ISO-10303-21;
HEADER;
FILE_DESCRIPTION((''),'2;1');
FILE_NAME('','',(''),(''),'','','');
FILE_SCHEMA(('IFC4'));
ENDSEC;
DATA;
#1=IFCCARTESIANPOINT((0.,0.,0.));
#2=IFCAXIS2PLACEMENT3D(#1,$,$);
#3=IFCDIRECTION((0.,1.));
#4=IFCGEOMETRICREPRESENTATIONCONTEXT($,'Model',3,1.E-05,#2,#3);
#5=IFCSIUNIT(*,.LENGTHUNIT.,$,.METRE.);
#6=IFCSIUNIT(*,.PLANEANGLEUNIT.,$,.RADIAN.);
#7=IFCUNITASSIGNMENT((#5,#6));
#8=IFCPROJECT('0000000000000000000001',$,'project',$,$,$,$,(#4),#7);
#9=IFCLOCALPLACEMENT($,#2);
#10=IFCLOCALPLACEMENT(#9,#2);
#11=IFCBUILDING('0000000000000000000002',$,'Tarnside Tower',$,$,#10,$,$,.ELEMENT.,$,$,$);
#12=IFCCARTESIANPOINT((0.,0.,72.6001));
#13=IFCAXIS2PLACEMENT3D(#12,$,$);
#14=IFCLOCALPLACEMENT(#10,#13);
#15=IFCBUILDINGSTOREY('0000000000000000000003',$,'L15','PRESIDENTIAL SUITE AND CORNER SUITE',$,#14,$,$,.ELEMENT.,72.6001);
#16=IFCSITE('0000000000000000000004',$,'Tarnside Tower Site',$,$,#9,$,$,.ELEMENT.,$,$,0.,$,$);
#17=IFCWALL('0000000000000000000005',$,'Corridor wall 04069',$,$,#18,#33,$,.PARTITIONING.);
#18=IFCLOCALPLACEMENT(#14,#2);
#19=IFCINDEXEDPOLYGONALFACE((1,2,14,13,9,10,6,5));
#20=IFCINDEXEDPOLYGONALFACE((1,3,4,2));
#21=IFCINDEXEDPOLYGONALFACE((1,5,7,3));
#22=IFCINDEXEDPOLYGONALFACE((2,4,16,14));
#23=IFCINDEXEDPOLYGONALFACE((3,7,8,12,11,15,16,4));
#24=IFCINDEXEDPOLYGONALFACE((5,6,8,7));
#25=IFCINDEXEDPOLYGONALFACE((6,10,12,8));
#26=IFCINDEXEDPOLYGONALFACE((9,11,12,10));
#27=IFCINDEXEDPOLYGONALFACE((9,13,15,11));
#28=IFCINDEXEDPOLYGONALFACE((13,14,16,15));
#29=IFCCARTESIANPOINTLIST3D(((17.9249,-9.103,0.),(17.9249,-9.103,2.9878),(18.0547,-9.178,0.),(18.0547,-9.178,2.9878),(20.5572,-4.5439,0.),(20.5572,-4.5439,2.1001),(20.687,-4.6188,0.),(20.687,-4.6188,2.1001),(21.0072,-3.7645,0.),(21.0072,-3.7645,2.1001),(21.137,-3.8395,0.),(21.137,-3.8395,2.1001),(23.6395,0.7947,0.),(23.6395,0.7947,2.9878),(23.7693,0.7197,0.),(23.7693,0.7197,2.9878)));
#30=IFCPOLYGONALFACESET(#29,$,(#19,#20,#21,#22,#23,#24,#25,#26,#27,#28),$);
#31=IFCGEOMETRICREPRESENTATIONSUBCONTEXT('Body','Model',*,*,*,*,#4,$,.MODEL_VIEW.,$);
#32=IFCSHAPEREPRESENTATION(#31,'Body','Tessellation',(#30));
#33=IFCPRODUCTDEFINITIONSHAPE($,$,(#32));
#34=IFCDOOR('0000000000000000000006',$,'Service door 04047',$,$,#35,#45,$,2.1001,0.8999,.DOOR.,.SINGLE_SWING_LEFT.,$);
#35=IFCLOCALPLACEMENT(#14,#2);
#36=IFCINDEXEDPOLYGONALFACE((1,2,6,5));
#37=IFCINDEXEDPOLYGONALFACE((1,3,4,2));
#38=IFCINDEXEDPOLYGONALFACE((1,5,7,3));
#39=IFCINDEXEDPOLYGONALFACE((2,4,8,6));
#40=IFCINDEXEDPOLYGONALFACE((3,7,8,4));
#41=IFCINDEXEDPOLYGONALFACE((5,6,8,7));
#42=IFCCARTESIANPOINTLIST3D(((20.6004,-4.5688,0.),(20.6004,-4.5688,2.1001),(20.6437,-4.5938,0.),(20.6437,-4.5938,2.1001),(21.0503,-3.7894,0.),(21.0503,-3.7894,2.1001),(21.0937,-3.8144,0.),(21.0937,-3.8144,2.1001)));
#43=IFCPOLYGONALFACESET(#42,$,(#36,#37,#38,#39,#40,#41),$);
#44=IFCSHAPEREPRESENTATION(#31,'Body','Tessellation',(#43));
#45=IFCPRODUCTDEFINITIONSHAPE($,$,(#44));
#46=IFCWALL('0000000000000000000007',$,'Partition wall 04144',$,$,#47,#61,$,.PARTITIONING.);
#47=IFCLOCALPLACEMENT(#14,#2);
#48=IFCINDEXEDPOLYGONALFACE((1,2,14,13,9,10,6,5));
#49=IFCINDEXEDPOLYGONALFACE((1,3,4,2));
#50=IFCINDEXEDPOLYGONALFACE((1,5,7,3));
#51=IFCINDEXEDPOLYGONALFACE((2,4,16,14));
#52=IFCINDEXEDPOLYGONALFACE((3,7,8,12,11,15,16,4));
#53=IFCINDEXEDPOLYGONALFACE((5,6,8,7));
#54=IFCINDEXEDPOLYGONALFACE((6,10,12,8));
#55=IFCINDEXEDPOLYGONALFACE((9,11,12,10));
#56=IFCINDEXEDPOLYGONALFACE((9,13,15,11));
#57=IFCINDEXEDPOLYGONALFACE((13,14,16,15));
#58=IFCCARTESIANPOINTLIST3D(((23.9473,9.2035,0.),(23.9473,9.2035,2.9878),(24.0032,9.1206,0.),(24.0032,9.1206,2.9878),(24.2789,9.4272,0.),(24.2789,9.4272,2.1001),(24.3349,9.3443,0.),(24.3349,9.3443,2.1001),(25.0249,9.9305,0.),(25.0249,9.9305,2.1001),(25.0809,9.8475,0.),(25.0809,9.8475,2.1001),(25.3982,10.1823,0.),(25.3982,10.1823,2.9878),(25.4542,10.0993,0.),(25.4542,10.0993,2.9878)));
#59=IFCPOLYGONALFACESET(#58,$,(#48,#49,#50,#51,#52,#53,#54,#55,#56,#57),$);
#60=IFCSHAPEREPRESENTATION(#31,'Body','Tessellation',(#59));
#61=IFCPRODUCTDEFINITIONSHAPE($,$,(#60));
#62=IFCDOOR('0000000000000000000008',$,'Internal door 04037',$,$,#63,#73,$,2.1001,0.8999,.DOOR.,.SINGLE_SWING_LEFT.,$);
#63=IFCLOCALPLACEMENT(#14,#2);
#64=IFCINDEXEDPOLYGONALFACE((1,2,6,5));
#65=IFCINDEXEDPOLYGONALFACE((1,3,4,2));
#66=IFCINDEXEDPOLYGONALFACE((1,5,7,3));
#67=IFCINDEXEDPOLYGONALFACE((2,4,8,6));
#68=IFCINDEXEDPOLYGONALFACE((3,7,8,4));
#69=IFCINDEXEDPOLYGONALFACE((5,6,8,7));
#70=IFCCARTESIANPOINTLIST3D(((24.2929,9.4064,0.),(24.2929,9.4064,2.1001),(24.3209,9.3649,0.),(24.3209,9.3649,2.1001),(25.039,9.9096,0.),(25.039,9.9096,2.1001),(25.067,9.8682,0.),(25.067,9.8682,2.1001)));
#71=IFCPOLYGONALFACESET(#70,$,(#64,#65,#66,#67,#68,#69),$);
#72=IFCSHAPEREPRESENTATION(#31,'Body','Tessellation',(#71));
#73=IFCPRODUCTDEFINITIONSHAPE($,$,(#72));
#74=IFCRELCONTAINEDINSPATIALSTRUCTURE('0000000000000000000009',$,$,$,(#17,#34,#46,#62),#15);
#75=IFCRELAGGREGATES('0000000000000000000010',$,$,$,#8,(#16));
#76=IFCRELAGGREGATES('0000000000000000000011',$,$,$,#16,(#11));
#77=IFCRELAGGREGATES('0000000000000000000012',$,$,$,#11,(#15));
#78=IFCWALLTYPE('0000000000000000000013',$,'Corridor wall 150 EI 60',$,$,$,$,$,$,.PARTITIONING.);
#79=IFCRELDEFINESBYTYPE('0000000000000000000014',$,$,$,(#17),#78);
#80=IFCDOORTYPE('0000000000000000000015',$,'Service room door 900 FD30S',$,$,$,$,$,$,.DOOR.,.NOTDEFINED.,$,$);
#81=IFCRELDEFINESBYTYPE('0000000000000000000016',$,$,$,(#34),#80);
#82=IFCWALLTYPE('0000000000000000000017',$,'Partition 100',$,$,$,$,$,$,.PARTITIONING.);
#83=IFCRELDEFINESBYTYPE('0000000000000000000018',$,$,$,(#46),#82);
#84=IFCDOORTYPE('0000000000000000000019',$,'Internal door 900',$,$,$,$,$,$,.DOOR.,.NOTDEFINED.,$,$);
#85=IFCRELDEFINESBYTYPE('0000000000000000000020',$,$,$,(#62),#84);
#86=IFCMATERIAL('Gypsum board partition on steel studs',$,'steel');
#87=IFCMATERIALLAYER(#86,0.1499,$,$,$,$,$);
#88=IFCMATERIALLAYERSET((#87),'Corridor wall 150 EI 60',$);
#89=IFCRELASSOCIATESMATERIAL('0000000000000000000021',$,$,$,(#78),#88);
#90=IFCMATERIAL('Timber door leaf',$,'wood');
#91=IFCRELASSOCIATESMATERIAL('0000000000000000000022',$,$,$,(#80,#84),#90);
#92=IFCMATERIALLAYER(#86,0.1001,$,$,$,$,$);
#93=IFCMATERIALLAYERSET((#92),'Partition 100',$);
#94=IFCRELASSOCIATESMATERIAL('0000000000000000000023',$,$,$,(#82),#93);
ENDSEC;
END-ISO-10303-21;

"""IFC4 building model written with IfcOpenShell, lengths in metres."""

from ifc_helpers import new_model, si_unit, direction, frame, frame_2d, origin, place, context, subcontext, project, spatial, rectangle, extrude, material, layer, layer_set, type_object, element, fill, save


model = new_model("IFC4")

# Units and contexts
model_context = context("Model", 3, precision=1e-05, world=origin(), true_north=direction((0.0, 1.0)))
body_context = subcontext(model_context, "Body", "Model", "MODEL_VIEW")
ifc_project = project(units=[si_unit("LENGTHUNIT", "METRE"), si_unit("PLANEANGLEUNIT", "RADIAN")], contexts=[model_context])

# Site, building, storey
site_placement = place(None, origin())
site = spatial("IfcSite", under=ifc_project, at=site_placement, Name="Tarnside Tower Site", CompositionType="ELEMENT", RefElevation=0.0)
building_placement = place(site_placement, origin())
building = spatial("IfcBuilding", under=site, at=building_placement, Name="Tarnside Tower", CompositionType="ELEMENT")
storey_placement = place(building_placement, frame((0.0, 0.0, 72.6001)))
storey = spatial("IfcBuildingStorey", under=building, at=storey_placement, Name="L15", Description="PRESIDENTIAL SUITE AND CORNER SUITE", CompositionType="ELEMENT", Elevation=72.6001)

# Shared definitions
ifc_material_1 = material(Name="Gypsum board partition on steel studs", Category="steel")
ifc_material_2 = material(Name="Timber door leaf", Category="wood")

# Shared definitions
ifc_layer_1 = layer(ifc_material_1, 0.1499)
ifc_layer_set_1 = layer_set([ifc_layer_1], Name="Corridor wall 150 EI 60")
wall_type_1 = type_object("IfcWallType", Name="Corridor wall 150 EI 60", PredefinedType="PARTITIONING", material=ifc_layer_set_1)

# Walls, openings, doors
wall_1_placement = place(storey_placement, frame((23.7043, 0.7571, 0.0), z_axis=(0.0, 0.0, 1.0), x_axis=(-0.50001, -0.866019, 0.0)))
wall_1 = element("IfcWall", 1, at=wall_1_placement, inside=storey, type_object=wall_type_1, Name="Corridor wall 04069", PredefinedType="PARTITIONING", context=body_context, shape_type="SweptSolid", body=[
    extrude(rectangle(XDim=11.429, YDim=0.1499, at=frame_2d((5.7144, 0.0))), origin(), (0.0, 0.0, 1.0), 2.9878),
])
opening_1_placement = place(wall_1_placement, frame((5.2644, 0.0, 0.0)))
opening_1 = element("IfcOpeningElement", 2, at=opening_1_placement, cuts=wall_1, PredefinedType="OPENING", context=body_context, shape_type="SweptSolid", body=[
    extrude(rectangle(XDim=0.8999, YDim=2.1001, at=frame_2d((0.45, 1.05))), frame((0.0, 0.085, 0.0), z_axis=(0.0, -1.0, 0.0), x_axis=(1.0, 0.0, 0.0)), (0.0, 0.0, 1.0), 0.1699),
])
door_type_1 = type_object("IfcDoorType", Name="Service room door 900 FD30S", OperationType="NOTDEFINED", PredefinedType="DOOR", material=ifc_material_2)
door_1_placement = place(opening_1_placement, origin())
door_1 = element("IfcDoor", 3, at=door_1_placement, inside=storey, type_object=door_type_1, Name="Service door 04047", OperationType="SINGLE_SWING_LEFT", OverallHeight=2.1001, OverallWidth=0.8999, PredefinedType="DOOR", context=body_context, shape_type="SweptSolid", body=[
    extrude(rectangle(XDim=0.8999, YDim=2.1001, at=frame_2d((0.45, 1.05))), frame((0.0, 0.0249, 0.0), z_axis=(0.0, -1.0, 0.0), x_axis=(1.0, 0.0, 0.0)), (0.0, 0.0, 1.0), 0.05),
])
fill(opening_1, door_1)
ifc_layer_2 = layer(ifc_material_1, 0.1001)
ifc_layer_set_2 = layer_set([ifc_layer_2], Name="Partition 100")
wall_type_2 = type_object("IfcWallType", Name="Partition 100", PredefinedType="PARTITIONING", material=ifc_layer_set_2)
wall_2_placement = place(storey_placement, frame((23.9753, 9.1621, 0.0), z_axis=(0.0, 0.0, 1.0), x_axis=(0.829012, 0.559231, 0.0)))
wall_2 = element("IfcWall", 4, at=wall_2_placement, inside=storey, type_object=wall_type_2, Name="Partition wall 04144", PredefinedType="PARTITIONING", context=body_context, shape_type="SweptSolid", body=[
    extrude(rectangle(XDim=1.7502, YDim=0.1001, at=frame_2d((0.875, 0.0))), origin(), (0.0, 0.0, 1.0), 2.9878),
])
opening_2_placement = place(wall_2_placement, frame((0.3999, 0.0, 0.0)))
opening_2 = element("IfcOpeningElement", 5, at=opening_2_placement, cuts=wall_2, PredefinedType="OPENING", context=body_context, shape_type="SweptSolid", body=[
    extrude(rectangle(XDim=0.8999, YDim=2.1001, at=frame_2d((0.45, 1.05))), frame((0.0, 0.0601, 0.0), z_axis=(0.0, -1.0, 0.0), x_axis=(1.0, 0.0, 0.0)), (0.0, 0.0, 1.0), 0.1201),
])
door_type_2 = type_object("IfcDoorType", Name="Internal door 900", OperationType="NOTDEFINED", PredefinedType="DOOR", material=ifc_material_2)
door_2_placement = place(opening_2_placement, origin())
door_2 = element("IfcDoor", 6, at=door_2_placement, inside=storey, type_object=door_type_2, Name="Internal door 04037", OperationType="SINGLE_SWING_LEFT", OverallHeight=2.1001, OverallWidth=0.8999, PredefinedType="DOOR", context=body_context, shape_type="SweptSolid", body=[
    extrude(rectangle(XDim=0.8999, YDim=2.1001, at=frame_2d((0.45, 1.05))), frame((0.0, 0.0249, 0.0), z_axis=(0.0, -1.0, 0.0), x_axis=(1.0, 0.0, 0.0)), (0.0, 0.0, 1.0), 0.05),
])
fill(opening_2, door_2)

save(model, "model.ifc")
